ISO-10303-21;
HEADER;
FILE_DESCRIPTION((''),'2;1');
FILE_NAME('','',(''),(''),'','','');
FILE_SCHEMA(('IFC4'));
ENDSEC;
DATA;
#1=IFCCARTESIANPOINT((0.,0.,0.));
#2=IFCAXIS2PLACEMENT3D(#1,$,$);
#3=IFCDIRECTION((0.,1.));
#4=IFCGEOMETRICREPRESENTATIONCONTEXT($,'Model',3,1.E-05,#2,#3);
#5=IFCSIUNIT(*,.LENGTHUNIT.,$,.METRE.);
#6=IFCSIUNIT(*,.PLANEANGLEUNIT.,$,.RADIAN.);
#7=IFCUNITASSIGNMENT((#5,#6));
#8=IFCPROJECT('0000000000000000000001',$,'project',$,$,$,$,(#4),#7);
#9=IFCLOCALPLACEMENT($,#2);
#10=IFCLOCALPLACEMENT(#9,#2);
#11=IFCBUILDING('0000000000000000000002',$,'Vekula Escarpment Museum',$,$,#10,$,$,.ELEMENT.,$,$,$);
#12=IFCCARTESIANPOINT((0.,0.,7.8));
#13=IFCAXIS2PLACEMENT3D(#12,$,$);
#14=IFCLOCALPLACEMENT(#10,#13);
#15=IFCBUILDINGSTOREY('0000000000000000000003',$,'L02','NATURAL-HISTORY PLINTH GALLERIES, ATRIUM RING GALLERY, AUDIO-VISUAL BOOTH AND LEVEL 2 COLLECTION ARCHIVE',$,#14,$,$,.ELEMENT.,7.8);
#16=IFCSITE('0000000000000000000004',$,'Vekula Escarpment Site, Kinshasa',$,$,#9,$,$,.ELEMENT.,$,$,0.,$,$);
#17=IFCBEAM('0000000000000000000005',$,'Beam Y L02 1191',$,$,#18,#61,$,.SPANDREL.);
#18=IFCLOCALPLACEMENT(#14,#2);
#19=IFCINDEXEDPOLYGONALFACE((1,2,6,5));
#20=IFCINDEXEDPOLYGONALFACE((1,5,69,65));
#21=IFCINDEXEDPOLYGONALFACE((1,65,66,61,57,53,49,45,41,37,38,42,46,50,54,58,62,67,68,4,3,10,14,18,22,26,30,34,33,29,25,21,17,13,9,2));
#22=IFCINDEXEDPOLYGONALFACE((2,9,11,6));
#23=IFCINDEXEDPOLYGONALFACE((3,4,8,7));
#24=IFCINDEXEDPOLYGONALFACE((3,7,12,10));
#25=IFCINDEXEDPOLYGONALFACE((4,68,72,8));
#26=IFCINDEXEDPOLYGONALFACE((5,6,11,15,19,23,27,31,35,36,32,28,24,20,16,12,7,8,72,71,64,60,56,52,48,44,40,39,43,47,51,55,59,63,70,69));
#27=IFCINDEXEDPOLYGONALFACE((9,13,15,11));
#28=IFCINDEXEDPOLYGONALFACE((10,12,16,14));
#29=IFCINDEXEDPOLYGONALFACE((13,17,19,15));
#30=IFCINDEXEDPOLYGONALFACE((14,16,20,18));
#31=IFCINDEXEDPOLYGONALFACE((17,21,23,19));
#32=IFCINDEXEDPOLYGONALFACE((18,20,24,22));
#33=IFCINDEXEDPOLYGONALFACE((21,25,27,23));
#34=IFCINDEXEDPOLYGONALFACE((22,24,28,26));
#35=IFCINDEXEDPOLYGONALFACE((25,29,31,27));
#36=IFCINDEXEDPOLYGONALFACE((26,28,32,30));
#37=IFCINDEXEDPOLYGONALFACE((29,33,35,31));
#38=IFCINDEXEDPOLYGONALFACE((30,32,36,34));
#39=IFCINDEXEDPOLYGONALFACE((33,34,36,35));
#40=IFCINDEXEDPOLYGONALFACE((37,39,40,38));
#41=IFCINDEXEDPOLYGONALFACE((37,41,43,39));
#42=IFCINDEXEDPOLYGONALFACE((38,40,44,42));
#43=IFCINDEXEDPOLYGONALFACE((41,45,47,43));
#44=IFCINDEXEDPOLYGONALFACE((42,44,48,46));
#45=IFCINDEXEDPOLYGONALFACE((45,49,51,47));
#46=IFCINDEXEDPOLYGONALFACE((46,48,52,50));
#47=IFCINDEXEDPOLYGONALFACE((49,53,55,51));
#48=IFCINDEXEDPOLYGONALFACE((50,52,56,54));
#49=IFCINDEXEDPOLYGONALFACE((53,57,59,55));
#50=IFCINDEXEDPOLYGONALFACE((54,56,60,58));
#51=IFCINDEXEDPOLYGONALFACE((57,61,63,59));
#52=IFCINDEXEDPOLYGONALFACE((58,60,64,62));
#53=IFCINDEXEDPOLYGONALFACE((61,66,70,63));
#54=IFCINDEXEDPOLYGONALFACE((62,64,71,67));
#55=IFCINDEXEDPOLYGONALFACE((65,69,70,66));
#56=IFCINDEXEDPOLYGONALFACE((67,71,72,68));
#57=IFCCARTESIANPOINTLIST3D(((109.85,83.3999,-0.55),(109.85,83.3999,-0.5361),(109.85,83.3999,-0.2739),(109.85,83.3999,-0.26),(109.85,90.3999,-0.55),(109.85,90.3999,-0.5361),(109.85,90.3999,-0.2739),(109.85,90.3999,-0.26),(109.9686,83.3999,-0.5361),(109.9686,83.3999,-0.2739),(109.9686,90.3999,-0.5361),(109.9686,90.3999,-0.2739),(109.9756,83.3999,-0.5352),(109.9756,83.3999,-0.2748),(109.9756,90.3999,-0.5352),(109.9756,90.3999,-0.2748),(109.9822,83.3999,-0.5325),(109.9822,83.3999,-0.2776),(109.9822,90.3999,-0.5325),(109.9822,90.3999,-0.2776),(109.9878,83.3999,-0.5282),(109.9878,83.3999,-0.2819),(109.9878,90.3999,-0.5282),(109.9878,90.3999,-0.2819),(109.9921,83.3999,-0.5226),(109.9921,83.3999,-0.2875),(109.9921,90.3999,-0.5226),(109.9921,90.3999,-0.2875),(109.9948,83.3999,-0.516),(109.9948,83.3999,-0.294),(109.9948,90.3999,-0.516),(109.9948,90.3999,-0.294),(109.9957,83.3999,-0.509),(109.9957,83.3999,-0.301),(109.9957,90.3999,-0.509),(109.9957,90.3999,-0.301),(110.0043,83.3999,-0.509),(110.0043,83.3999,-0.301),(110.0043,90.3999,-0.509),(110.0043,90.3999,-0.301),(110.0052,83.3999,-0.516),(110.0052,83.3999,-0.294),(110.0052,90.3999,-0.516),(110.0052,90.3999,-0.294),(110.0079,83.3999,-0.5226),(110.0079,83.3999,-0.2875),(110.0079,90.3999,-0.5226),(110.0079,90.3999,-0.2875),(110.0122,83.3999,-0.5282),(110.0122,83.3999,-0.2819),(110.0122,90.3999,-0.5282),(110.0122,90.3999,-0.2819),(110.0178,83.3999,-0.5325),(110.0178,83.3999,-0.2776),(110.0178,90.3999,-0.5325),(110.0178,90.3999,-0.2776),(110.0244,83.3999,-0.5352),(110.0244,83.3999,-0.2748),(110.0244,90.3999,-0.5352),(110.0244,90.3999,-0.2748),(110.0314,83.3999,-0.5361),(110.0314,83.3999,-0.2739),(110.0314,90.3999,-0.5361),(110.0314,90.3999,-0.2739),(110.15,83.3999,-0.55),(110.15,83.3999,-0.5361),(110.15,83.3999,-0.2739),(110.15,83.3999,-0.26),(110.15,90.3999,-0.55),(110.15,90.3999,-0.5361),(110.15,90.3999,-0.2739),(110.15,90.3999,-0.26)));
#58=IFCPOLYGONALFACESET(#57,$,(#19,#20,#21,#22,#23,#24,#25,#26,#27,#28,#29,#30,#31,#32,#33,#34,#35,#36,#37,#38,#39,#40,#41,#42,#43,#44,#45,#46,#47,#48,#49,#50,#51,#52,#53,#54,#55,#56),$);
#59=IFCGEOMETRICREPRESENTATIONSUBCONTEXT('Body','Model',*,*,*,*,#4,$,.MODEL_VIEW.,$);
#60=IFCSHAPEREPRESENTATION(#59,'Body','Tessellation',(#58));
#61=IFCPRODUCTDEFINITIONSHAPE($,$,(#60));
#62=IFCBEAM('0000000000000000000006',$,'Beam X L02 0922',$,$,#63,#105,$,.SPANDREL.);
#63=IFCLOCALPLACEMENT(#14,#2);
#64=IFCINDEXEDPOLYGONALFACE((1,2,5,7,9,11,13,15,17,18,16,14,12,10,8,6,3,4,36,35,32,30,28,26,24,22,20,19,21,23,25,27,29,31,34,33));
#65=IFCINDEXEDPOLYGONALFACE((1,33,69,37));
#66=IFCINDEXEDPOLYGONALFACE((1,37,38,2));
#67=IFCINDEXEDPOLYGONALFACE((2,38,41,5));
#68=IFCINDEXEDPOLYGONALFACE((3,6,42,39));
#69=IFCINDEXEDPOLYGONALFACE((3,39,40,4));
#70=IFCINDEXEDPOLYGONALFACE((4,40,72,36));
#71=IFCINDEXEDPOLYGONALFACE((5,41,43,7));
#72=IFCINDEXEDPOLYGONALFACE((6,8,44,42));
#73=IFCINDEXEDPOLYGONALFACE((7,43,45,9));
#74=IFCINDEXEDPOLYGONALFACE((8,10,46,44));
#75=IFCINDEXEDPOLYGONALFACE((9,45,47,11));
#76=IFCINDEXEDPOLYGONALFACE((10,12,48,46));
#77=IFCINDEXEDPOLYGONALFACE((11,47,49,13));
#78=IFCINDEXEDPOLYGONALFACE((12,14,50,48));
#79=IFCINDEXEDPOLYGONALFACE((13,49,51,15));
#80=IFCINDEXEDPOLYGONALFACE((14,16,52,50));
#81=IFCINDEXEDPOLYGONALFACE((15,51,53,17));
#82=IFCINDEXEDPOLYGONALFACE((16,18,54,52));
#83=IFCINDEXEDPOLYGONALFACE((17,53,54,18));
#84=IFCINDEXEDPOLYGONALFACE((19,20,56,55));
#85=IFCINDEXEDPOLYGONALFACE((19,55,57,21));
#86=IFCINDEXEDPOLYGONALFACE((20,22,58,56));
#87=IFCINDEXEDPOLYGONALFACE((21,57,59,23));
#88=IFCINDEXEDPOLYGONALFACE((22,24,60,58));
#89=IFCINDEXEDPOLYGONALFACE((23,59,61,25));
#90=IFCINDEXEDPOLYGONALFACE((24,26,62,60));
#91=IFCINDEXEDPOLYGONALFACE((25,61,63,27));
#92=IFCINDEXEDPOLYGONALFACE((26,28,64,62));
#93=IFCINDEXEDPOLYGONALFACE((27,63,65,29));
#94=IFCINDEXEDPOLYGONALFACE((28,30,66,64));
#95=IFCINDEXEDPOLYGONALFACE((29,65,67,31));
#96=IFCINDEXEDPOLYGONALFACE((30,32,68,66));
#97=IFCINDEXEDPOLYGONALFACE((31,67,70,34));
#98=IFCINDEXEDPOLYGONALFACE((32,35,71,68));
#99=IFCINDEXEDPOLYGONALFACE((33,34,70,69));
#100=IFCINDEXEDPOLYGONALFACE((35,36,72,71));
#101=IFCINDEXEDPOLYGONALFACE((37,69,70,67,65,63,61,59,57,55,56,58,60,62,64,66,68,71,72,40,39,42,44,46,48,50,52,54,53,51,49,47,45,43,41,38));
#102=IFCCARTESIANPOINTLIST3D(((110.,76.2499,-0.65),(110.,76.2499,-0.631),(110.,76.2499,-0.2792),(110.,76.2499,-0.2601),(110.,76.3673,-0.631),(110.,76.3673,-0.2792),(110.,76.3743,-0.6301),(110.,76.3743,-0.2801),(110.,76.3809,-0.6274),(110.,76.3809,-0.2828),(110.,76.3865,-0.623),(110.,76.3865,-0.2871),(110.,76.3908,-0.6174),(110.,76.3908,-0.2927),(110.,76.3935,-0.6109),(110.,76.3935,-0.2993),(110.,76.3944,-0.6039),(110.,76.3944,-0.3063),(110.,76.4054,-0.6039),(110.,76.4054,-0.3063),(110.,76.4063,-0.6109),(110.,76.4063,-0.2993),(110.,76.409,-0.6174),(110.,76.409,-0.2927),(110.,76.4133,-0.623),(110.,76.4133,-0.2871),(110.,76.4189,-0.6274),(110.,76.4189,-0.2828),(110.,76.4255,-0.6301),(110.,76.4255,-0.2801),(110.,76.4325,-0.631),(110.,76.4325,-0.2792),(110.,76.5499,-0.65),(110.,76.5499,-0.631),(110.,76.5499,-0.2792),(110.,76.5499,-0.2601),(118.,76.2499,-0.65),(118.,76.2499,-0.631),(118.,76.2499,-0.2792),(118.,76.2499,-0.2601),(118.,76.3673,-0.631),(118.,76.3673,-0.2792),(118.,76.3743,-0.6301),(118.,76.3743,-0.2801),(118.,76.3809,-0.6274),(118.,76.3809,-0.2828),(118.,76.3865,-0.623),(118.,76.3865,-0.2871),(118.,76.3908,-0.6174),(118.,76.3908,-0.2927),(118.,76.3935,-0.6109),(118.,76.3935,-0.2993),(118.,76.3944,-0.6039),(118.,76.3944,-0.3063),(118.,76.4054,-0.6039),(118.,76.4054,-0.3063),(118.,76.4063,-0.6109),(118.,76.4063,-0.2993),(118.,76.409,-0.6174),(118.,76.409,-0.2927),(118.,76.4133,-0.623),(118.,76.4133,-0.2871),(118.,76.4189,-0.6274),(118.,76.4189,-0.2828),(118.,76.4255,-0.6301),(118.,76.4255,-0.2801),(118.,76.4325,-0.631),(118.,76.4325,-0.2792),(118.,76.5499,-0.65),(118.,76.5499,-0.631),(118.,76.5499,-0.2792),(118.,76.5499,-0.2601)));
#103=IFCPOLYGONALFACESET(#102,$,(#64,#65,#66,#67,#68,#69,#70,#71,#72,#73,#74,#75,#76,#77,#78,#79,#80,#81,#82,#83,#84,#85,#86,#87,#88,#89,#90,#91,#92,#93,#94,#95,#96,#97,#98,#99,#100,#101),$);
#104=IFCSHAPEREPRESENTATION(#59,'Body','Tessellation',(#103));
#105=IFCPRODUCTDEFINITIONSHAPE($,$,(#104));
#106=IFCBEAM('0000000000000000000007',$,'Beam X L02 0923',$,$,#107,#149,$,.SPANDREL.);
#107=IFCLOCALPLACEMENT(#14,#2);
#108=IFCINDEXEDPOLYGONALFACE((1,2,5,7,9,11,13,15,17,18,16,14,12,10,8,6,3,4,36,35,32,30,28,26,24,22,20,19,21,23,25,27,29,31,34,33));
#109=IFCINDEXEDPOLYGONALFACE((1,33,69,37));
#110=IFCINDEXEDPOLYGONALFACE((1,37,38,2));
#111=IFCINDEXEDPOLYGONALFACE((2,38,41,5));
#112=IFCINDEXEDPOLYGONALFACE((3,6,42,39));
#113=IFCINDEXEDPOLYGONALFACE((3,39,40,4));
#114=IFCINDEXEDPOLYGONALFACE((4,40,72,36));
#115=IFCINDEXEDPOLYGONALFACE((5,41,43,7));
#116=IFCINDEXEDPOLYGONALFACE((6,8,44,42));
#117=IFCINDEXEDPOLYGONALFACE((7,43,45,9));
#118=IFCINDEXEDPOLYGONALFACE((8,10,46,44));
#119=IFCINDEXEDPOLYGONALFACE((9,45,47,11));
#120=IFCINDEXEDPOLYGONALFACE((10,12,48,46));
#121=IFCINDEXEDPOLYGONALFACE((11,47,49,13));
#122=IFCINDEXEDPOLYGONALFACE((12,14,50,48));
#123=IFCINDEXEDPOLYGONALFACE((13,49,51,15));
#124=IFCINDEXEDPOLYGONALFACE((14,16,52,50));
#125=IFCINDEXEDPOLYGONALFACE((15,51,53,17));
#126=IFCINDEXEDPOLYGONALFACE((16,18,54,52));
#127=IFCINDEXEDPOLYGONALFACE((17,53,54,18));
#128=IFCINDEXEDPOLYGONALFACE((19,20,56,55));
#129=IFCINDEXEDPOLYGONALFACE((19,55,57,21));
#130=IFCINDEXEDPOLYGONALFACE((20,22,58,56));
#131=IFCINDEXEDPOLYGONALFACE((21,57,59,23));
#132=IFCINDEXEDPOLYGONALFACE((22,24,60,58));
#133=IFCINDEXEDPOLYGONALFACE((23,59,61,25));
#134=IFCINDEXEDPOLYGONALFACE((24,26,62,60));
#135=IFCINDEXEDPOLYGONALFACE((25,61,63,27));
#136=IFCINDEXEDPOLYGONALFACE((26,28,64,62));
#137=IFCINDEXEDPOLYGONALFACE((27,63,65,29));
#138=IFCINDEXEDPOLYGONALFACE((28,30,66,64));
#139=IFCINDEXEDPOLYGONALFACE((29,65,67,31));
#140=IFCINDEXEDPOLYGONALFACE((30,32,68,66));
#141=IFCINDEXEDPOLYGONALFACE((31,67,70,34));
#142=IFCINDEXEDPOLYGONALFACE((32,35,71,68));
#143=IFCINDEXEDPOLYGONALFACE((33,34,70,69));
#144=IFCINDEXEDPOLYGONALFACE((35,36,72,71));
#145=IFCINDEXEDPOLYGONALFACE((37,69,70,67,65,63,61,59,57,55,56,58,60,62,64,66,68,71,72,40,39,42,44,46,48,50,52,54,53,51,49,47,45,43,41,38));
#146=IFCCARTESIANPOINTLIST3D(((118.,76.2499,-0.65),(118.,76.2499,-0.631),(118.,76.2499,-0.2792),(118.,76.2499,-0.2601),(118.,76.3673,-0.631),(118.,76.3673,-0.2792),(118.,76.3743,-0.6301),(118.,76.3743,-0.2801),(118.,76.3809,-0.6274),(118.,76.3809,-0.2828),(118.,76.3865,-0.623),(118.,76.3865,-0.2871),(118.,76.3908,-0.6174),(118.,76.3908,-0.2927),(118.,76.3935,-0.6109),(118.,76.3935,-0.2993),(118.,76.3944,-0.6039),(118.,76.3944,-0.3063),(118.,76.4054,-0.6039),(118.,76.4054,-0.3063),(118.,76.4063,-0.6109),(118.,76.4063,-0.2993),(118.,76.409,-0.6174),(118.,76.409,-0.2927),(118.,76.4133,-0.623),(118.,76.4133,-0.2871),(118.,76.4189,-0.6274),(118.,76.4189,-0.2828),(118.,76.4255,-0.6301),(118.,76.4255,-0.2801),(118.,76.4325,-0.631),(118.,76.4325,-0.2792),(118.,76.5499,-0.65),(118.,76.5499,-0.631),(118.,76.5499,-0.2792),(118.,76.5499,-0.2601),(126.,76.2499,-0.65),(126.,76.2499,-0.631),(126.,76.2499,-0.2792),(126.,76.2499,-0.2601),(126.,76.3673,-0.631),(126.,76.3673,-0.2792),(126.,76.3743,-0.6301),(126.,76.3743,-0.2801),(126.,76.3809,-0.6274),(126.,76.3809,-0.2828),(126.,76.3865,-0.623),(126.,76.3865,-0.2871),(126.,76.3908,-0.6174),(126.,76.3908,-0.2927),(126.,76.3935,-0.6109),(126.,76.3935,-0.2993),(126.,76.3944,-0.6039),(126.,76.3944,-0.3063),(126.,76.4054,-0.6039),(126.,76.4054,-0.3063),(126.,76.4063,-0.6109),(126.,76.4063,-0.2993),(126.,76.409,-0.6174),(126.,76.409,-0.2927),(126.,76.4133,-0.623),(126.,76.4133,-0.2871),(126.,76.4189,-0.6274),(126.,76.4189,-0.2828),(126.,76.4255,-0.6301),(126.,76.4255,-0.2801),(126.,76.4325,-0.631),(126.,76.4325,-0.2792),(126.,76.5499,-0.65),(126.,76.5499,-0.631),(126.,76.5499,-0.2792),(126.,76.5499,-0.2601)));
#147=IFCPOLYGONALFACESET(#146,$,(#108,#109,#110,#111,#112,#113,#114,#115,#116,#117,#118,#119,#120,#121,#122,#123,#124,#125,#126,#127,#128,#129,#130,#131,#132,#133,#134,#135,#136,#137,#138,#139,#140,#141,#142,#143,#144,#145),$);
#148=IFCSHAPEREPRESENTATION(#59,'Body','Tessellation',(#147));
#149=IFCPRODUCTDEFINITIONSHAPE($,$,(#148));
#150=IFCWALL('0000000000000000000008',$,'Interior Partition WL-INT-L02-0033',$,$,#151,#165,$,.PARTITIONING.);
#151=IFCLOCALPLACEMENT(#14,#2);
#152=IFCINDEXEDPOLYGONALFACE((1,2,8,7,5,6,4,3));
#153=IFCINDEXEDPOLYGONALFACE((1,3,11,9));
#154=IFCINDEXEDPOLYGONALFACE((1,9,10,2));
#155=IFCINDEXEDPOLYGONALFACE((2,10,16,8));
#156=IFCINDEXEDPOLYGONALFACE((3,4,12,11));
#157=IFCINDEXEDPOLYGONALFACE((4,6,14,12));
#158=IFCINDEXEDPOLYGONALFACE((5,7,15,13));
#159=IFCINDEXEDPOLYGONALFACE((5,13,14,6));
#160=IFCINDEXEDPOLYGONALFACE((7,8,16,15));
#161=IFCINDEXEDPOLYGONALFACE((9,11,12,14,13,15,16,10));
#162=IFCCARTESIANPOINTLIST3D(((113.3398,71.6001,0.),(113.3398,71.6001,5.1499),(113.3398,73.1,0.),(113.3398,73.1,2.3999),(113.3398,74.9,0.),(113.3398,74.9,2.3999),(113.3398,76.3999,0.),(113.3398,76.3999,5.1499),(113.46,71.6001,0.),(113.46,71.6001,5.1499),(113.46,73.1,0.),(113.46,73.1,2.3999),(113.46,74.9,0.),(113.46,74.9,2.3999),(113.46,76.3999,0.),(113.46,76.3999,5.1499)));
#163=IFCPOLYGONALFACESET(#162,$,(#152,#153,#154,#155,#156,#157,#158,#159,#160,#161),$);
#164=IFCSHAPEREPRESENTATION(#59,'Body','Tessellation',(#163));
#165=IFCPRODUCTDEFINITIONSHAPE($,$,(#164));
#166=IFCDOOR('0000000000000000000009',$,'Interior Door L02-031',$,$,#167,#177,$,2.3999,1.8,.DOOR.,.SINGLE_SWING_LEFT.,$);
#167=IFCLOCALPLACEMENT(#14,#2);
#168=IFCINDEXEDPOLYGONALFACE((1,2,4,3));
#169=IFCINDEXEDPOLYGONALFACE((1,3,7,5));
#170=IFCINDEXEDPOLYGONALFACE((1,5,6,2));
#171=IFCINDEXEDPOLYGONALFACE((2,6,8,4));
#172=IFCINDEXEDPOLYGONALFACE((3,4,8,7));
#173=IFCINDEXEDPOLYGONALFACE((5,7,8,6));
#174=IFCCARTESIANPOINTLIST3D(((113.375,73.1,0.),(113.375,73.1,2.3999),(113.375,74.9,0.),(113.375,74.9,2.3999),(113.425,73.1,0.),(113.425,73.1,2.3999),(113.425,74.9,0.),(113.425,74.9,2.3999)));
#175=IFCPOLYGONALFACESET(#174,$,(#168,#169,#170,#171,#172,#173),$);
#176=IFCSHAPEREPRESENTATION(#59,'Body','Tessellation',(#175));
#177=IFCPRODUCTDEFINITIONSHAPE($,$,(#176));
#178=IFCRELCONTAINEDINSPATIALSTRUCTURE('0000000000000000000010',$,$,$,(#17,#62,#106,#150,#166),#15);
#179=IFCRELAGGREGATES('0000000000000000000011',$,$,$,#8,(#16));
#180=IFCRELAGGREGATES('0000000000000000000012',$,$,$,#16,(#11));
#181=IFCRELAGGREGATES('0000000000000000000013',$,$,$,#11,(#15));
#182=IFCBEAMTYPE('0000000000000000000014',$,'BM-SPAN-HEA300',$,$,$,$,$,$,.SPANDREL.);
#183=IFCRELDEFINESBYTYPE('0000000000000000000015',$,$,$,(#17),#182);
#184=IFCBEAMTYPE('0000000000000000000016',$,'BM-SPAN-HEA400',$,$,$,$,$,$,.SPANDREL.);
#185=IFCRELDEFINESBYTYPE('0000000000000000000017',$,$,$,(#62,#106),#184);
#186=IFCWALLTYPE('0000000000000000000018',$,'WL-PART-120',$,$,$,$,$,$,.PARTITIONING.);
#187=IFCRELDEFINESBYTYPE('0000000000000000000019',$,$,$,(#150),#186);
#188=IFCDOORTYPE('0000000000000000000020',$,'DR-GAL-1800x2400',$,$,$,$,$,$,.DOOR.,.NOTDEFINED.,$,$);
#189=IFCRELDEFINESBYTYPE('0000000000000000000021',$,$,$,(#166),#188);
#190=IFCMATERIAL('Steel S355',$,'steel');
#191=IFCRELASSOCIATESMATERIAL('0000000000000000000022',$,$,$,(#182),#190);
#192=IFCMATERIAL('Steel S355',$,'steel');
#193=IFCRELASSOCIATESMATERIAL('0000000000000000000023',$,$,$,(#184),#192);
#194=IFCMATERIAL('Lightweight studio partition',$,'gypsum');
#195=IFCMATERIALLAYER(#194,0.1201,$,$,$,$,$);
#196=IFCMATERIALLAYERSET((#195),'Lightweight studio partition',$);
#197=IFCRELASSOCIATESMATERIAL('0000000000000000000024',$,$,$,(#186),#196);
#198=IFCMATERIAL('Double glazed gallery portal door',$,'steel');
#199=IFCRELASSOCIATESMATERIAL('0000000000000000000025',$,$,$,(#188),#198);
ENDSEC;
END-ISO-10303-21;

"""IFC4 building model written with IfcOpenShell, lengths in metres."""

from ifc_helpers import new_model, si_unit, direction, frame, frame_2d, origin, origin_2d, place, context, subcontext, project, spatial, rectangle, i_section, extrude, material, layer, layer_set, material_profile, profile_set, type_object, element, fill, save


model = new_model("IFC4")

# Units and contexts
model_context = context("Model", 3, precision=1e-05, world=origin(), true_north=direction((0.0, 1.0)))
body_context = subcontext(model_context, "Body", "Model", "MODEL_VIEW")
ifc_project = project(units=[si_unit("LENGTHUNIT", "METRE"), si_unit("PLANEANGLEUNIT", "RADIAN")], contexts=[model_context])

# Site, building, storey
site_placement = place(None, origin())
site = spatial("IfcSite", under=ifc_project, at=site_placement, Name="Vekula Escarpment Site, Kinshasa", CompositionType="ELEMENT", RefElevation=0.0)
building_placement = place(site_placement, origin())
building = spatial("IfcBuilding", under=site, at=building_placement, Name="Vekula Escarpment Museum", CompositionType="ELEMENT")
storey_placement = place(building_placement, frame((0.0, 0.0, 7.8)))
storey = spatial("IfcBuildingStorey", under=building, at=storey_placement, Name="L02", Description="NATURAL-HISTORY PLINTH GALLERIES, ATRIUM RING GALLERY, AUDIO-VISUAL BOOTH AND LEVEL 2 COLLECTION ARCHIVE", CompositionType="ELEMENT", Elevation=7.8)

# Beams
ifc_material_1 = material(Name="Steel S355", Category="steel")
ifc_material_profile_1 = material_profile(ifc_material_1, i_section(OverallWidth=0.3, OverallDepth=0.29, WebThickness=0.0085, FlangeThickness=0.0139, FilletRadius=0.0271, at=origin_2d()), Name="HEA 300")
ifc_profile_set_1 = profile_set([ifc_material_profile_1], Name="Steel S355")
beam_type_1 = type_object("IfcBeamType", Name="BM-SPAN-HEA300", PredefinedType="SPANDREL", material=ifc_profile_set_1)
for number, where, z_axis, x_axis, name in (
    (1, (110.0, 83.3999, -0.405), (0.0, 1.0, 0.0), (-1.0, 0.0, 0.0), "Beam Y L02 1191"),
):
    element("IfcBeam", number, at=place(storey_placement, frame(where, z_axis=z_axis, x_axis=x_axis)), inside=storey, type_object=beam_type_1, Name=name, PredefinedType="SPANDREL", context=body_context, shape_type="SweptSolid", body=[
        extrude(i_section(OverallWidth=0.3, OverallDepth=0.29, WebThickness=0.0085, FlangeThickness=0.0139, FilletRadius=0.0271, at=origin_2d()), origin(), (0.0, 0.0, 1.0), 7.0),
    ])
ifc_material_2 = material(Name="Steel S355", Category="steel")
ifc_material_profile_2 = material_profile(ifc_material_2, i_section(OverallWidth=0.3, OverallDepth=0.3899, WebThickness=0.011, FlangeThickness=0.019, FilletRadius=0.0271, at=origin_2d()), Name="HEA 400")
ifc_profile_set_2 = profile_set([ifc_material_profile_2], Name="Steel S355")
beam_type_2 = type_object("IfcBeamType", Name="BM-SPAN-HEA400", PredefinedType="SPANDREL", material=ifc_profile_set_2)
for number, where, z_axis, x_axis, name in (
    (2, (110.0, 76.3999, -0.4551), (1.0, 0.0, 0.0), (0.0, 1.0, 0.0), "Beam X L02 0922"),
    (3, (118.0, 76.3999, -0.4551), (1.0, 0.0, 0.0), (0.0, 1.0, 0.0), "Beam X L02 0923"),
):
    element("IfcBeam", number, at=place(storey_placement, frame(where, z_axis=z_axis, x_axis=x_axis)), inside=storey, type_object=beam_type_2, Name=name, PredefinedType="SPANDREL", context=body_context, shape_type="SweptSolid", body=[
        extrude(i_section(OverallWidth=0.3, OverallDepth=0.3899, WebThickness=0.011, FlangeThickness=0.019, FilletRadius=0.0271, at=origin_2d()), origin(), (0.0, 0.0, 1.0), 8.0),
    ])

# Wall, opening, door
ifc_material_3 = material(Name="Lightweight studio partition", Category="gypsum")
ifc_layer_1 = layer(ifc_material_3, 0.1201)
ifc_layer_set_1 = layer_set([ifc_layer_1], Name="Lightweight studio partition")
wall_type_1 = type_object("IfcWallType", Name="WL-PART-120", PredefinedType="PARTITIONING", material=ifc_layer_set_1)
wall_1_placement = place(storey_placement, frame((113.3999, 71.6001, 0.0), z_axis=(0.0, 0.0, 1.0), x_axis=(0.0, 1.0, 0.0)))
wall_1 = element("IfcWall", 4, at=wall_1_placement, inside=storey, type_object=wall_type_1, Name="Interior Partition WL-INT-L02-0033", PredefinedType="PARTITIONING", context=body_context, shape_type="SweptSolid", body=[
    extrude(rectangle(XDim=4.7998, YDim=0.1201, at=frame_2d((2.3999, 0.0))), origin(), (0.0, 0.0, 1.0), 5.1499),
])
opening_1_placement = place(wall_1_placement, frame((1.5, 0.0, 0.0)))
opening_1 = element("IfcOpeningElement", 5, at=opening_1_placement, cuts=wall_1, PredefinedType="OPENING", context=body_context, shape_type="SweptSolid", body=[
    extrude(rectangle(XDim=1.8, YDim=2.3999, at=frame_2d((0.8999, 1.2))), frame((0.0, 0.0701, 0.0), z_axis=(0.0, -1.0, 0.0), x_axis=(1.0, 0.0, 0.0)), (0.0, 0.0, 1.0), 0.1401),
])
ifc_material_4 = material(Name="Double glazed gallery portal door", Category="steel")
door_type_1 = type_object("IfcDoorType", Name="DR-GAL-1800x2400", OperationType="NOTDEFINED", PredefinedType="DOOR", material=ifc_material_4)
door_1_placement = place(opening_1_placement, origin())
door_1 = element("IfcDoor", 6, at=door_1_placement, inside=storey, type_object=door_type_1, Name="Interior Door L02-031", OperationType="SINGLE_SWING_LEFT", OverallHeight=2.3999, OverallWidth=1.8, PredefinedType="DOOR", context=body_context, shape_type="SweptSolid", body=[
    extrude(rectangle(XDim=1.8, YDim=2.3999, at=frame_2d((0.8999, 1.2))), frame((0.0, 0.0249, 0.0), z_axis=(0.0, -1.0, 0.0), x_axis=(1.0, 0.0, 0.0)), (0.0, 0.0, 1.0), 0.05),
])
fill(opening_1, door_1)

save(model, "model.ifc")
